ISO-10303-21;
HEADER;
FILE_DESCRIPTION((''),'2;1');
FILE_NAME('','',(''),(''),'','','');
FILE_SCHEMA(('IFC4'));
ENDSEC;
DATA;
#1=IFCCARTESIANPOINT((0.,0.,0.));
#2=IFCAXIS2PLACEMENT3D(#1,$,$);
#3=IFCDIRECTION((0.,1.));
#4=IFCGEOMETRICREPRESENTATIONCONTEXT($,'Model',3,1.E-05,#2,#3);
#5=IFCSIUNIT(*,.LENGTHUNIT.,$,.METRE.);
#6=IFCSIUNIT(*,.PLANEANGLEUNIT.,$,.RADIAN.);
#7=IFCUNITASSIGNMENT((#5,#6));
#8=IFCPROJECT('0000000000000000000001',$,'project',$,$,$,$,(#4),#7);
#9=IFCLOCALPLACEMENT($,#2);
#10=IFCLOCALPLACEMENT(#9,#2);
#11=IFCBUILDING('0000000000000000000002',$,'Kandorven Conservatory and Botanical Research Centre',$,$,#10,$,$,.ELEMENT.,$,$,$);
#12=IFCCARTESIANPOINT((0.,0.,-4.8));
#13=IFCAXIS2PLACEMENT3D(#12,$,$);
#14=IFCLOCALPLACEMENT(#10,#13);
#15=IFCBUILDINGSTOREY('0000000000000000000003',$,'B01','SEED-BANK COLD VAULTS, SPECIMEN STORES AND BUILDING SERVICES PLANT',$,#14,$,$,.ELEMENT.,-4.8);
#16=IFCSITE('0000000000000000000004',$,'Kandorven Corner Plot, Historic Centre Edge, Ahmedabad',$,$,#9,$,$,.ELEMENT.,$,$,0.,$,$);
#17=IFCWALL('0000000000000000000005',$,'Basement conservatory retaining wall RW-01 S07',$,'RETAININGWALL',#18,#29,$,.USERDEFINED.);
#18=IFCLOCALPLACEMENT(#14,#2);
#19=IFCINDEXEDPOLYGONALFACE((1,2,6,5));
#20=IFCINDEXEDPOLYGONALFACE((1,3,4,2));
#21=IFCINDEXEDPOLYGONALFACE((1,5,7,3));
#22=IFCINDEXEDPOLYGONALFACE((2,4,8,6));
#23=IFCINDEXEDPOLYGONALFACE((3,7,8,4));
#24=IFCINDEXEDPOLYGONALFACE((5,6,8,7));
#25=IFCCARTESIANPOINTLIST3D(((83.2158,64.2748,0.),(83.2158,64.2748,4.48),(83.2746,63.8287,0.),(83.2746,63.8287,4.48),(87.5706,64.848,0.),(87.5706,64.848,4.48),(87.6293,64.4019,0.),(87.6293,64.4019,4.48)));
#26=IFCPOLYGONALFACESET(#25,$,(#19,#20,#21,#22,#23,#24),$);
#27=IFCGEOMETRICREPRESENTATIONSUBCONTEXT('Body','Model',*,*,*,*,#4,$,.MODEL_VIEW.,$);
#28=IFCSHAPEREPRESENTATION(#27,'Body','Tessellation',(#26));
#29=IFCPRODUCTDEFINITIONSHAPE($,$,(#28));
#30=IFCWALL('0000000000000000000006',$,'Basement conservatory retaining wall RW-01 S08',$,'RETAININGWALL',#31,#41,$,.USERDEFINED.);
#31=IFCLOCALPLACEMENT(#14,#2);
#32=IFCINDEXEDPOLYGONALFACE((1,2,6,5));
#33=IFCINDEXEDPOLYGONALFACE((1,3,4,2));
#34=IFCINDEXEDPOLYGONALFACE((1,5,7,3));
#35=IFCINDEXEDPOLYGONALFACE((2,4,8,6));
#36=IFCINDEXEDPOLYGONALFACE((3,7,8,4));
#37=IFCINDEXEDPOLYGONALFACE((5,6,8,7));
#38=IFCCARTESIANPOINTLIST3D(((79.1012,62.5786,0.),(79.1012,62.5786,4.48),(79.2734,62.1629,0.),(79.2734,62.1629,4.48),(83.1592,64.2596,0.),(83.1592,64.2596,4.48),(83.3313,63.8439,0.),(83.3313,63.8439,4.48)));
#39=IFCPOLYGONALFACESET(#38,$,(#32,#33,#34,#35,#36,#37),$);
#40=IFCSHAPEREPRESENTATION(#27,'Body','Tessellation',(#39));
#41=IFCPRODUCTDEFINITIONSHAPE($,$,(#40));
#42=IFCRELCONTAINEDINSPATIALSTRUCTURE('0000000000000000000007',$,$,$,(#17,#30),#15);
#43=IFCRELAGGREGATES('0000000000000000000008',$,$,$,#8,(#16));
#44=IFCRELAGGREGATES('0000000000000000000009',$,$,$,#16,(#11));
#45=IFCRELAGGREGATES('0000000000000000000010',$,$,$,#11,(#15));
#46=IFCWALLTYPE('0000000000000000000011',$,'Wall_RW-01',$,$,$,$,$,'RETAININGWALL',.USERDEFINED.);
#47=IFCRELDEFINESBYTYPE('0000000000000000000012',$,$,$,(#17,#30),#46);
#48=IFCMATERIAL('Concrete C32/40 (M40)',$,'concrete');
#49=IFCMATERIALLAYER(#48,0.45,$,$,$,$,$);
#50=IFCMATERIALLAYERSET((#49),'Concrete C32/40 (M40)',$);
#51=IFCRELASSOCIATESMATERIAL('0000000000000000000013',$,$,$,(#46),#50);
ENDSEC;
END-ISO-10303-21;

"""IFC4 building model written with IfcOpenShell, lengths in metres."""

from ifc_helpers import new_model, si_unit, direction, frame, frame_2d, origin, place, context, subcontext, project, spatial, rectangle, extrude, material, layer, layer_set, type_object, element, save


model = new_model("IFC4")

# Units and contexts
model_context = context("Model", 3, precision=1e-05, world=origin(), true_north=direction((0.0, 1.0)))
body_context = subcontext(model_context, "Body", "Model", "MODEL_VIEW")
ifc_project = project(units=[si_unit("LENGTHUNIT", "METRE"), si_unit("PLANEANGLEUNIT", "RADIAN")], contexts=[model_context])

# Site, building, storey
site_placement = place(None, origin())
site = spatial("IfcSite", under=ifc_project, at=site_placement, Name="Kandorven Corner Plot, Historic Centre Edge, Ahmedabad", CompositionType="ELEMENT", RefElevation=0.0)
building_placement = place(site_placement, origin())
building = spatial("IfcBuilding", under=site, at=building_placement, Name="Kandorven Conservatory and Botanical Research Centre", CompositionType="ELEMENT")
storey_placement = place(building_placement, frame((0.0, 0.0, -4.8)))
storey = spatial("IfcBuildingStorey", under=building, at=storey_placement, Name="B01", Description="SEED-BANK COLD VAULTS, SPECIMEN STORES AND BUILDING SERVICES PLANT", CompositionType="ELEMENT", Elevation=-4.8)

# Walls
ifc_material_1 = material(Name="Concrete C32/40 (M40)", Category="concrete")
ifc_layer = layer(ifc_material_1, 0.45)
ifc_layer_set = layer_set([ifc_layer], Name="Concrete C32/40 (M40)")
wall_type = type_object("IfcWallType", Name="Wall_RW-01", ElementType="RETAININGWALL", PredefinedType="USERDEFINED", material=ifc_layer_set)
for number, where, z_axis, x_axis, name in (
    (1, (87.6001, 64.625, 0.0), (0.0, 0.0, 1.0), (-0.991447, -0.130511, 0.0), "Basement conservatory retaining wall RW-01 S07"),
    (2, (83.2454, 64.0518, 0.0), (0.0, 0.0, 1.0), (-0.923873, -0.3827, 0.0), "Basement conservatory retaining wall RW-01 S08"),
):
    element("IfcWall", number, at=place(storey_placement, frame(where, z_axis=z_axis, x_axis=x_axis)), inside=storey, type_object=wall_type, Name=name, ObjectType="RETAININGWALL", PredefinedType="USERDEFINED", context=body_context, shape_type="SweptSolid", body=[
        extrude(rectangle(XDim=4.3923, YDim=0.45, at=frame_2d((2.1963, 0.0))), origin(), (0.0, 0.0, 1.0), 4.48),
    ])

save(model, "model.ifc")
